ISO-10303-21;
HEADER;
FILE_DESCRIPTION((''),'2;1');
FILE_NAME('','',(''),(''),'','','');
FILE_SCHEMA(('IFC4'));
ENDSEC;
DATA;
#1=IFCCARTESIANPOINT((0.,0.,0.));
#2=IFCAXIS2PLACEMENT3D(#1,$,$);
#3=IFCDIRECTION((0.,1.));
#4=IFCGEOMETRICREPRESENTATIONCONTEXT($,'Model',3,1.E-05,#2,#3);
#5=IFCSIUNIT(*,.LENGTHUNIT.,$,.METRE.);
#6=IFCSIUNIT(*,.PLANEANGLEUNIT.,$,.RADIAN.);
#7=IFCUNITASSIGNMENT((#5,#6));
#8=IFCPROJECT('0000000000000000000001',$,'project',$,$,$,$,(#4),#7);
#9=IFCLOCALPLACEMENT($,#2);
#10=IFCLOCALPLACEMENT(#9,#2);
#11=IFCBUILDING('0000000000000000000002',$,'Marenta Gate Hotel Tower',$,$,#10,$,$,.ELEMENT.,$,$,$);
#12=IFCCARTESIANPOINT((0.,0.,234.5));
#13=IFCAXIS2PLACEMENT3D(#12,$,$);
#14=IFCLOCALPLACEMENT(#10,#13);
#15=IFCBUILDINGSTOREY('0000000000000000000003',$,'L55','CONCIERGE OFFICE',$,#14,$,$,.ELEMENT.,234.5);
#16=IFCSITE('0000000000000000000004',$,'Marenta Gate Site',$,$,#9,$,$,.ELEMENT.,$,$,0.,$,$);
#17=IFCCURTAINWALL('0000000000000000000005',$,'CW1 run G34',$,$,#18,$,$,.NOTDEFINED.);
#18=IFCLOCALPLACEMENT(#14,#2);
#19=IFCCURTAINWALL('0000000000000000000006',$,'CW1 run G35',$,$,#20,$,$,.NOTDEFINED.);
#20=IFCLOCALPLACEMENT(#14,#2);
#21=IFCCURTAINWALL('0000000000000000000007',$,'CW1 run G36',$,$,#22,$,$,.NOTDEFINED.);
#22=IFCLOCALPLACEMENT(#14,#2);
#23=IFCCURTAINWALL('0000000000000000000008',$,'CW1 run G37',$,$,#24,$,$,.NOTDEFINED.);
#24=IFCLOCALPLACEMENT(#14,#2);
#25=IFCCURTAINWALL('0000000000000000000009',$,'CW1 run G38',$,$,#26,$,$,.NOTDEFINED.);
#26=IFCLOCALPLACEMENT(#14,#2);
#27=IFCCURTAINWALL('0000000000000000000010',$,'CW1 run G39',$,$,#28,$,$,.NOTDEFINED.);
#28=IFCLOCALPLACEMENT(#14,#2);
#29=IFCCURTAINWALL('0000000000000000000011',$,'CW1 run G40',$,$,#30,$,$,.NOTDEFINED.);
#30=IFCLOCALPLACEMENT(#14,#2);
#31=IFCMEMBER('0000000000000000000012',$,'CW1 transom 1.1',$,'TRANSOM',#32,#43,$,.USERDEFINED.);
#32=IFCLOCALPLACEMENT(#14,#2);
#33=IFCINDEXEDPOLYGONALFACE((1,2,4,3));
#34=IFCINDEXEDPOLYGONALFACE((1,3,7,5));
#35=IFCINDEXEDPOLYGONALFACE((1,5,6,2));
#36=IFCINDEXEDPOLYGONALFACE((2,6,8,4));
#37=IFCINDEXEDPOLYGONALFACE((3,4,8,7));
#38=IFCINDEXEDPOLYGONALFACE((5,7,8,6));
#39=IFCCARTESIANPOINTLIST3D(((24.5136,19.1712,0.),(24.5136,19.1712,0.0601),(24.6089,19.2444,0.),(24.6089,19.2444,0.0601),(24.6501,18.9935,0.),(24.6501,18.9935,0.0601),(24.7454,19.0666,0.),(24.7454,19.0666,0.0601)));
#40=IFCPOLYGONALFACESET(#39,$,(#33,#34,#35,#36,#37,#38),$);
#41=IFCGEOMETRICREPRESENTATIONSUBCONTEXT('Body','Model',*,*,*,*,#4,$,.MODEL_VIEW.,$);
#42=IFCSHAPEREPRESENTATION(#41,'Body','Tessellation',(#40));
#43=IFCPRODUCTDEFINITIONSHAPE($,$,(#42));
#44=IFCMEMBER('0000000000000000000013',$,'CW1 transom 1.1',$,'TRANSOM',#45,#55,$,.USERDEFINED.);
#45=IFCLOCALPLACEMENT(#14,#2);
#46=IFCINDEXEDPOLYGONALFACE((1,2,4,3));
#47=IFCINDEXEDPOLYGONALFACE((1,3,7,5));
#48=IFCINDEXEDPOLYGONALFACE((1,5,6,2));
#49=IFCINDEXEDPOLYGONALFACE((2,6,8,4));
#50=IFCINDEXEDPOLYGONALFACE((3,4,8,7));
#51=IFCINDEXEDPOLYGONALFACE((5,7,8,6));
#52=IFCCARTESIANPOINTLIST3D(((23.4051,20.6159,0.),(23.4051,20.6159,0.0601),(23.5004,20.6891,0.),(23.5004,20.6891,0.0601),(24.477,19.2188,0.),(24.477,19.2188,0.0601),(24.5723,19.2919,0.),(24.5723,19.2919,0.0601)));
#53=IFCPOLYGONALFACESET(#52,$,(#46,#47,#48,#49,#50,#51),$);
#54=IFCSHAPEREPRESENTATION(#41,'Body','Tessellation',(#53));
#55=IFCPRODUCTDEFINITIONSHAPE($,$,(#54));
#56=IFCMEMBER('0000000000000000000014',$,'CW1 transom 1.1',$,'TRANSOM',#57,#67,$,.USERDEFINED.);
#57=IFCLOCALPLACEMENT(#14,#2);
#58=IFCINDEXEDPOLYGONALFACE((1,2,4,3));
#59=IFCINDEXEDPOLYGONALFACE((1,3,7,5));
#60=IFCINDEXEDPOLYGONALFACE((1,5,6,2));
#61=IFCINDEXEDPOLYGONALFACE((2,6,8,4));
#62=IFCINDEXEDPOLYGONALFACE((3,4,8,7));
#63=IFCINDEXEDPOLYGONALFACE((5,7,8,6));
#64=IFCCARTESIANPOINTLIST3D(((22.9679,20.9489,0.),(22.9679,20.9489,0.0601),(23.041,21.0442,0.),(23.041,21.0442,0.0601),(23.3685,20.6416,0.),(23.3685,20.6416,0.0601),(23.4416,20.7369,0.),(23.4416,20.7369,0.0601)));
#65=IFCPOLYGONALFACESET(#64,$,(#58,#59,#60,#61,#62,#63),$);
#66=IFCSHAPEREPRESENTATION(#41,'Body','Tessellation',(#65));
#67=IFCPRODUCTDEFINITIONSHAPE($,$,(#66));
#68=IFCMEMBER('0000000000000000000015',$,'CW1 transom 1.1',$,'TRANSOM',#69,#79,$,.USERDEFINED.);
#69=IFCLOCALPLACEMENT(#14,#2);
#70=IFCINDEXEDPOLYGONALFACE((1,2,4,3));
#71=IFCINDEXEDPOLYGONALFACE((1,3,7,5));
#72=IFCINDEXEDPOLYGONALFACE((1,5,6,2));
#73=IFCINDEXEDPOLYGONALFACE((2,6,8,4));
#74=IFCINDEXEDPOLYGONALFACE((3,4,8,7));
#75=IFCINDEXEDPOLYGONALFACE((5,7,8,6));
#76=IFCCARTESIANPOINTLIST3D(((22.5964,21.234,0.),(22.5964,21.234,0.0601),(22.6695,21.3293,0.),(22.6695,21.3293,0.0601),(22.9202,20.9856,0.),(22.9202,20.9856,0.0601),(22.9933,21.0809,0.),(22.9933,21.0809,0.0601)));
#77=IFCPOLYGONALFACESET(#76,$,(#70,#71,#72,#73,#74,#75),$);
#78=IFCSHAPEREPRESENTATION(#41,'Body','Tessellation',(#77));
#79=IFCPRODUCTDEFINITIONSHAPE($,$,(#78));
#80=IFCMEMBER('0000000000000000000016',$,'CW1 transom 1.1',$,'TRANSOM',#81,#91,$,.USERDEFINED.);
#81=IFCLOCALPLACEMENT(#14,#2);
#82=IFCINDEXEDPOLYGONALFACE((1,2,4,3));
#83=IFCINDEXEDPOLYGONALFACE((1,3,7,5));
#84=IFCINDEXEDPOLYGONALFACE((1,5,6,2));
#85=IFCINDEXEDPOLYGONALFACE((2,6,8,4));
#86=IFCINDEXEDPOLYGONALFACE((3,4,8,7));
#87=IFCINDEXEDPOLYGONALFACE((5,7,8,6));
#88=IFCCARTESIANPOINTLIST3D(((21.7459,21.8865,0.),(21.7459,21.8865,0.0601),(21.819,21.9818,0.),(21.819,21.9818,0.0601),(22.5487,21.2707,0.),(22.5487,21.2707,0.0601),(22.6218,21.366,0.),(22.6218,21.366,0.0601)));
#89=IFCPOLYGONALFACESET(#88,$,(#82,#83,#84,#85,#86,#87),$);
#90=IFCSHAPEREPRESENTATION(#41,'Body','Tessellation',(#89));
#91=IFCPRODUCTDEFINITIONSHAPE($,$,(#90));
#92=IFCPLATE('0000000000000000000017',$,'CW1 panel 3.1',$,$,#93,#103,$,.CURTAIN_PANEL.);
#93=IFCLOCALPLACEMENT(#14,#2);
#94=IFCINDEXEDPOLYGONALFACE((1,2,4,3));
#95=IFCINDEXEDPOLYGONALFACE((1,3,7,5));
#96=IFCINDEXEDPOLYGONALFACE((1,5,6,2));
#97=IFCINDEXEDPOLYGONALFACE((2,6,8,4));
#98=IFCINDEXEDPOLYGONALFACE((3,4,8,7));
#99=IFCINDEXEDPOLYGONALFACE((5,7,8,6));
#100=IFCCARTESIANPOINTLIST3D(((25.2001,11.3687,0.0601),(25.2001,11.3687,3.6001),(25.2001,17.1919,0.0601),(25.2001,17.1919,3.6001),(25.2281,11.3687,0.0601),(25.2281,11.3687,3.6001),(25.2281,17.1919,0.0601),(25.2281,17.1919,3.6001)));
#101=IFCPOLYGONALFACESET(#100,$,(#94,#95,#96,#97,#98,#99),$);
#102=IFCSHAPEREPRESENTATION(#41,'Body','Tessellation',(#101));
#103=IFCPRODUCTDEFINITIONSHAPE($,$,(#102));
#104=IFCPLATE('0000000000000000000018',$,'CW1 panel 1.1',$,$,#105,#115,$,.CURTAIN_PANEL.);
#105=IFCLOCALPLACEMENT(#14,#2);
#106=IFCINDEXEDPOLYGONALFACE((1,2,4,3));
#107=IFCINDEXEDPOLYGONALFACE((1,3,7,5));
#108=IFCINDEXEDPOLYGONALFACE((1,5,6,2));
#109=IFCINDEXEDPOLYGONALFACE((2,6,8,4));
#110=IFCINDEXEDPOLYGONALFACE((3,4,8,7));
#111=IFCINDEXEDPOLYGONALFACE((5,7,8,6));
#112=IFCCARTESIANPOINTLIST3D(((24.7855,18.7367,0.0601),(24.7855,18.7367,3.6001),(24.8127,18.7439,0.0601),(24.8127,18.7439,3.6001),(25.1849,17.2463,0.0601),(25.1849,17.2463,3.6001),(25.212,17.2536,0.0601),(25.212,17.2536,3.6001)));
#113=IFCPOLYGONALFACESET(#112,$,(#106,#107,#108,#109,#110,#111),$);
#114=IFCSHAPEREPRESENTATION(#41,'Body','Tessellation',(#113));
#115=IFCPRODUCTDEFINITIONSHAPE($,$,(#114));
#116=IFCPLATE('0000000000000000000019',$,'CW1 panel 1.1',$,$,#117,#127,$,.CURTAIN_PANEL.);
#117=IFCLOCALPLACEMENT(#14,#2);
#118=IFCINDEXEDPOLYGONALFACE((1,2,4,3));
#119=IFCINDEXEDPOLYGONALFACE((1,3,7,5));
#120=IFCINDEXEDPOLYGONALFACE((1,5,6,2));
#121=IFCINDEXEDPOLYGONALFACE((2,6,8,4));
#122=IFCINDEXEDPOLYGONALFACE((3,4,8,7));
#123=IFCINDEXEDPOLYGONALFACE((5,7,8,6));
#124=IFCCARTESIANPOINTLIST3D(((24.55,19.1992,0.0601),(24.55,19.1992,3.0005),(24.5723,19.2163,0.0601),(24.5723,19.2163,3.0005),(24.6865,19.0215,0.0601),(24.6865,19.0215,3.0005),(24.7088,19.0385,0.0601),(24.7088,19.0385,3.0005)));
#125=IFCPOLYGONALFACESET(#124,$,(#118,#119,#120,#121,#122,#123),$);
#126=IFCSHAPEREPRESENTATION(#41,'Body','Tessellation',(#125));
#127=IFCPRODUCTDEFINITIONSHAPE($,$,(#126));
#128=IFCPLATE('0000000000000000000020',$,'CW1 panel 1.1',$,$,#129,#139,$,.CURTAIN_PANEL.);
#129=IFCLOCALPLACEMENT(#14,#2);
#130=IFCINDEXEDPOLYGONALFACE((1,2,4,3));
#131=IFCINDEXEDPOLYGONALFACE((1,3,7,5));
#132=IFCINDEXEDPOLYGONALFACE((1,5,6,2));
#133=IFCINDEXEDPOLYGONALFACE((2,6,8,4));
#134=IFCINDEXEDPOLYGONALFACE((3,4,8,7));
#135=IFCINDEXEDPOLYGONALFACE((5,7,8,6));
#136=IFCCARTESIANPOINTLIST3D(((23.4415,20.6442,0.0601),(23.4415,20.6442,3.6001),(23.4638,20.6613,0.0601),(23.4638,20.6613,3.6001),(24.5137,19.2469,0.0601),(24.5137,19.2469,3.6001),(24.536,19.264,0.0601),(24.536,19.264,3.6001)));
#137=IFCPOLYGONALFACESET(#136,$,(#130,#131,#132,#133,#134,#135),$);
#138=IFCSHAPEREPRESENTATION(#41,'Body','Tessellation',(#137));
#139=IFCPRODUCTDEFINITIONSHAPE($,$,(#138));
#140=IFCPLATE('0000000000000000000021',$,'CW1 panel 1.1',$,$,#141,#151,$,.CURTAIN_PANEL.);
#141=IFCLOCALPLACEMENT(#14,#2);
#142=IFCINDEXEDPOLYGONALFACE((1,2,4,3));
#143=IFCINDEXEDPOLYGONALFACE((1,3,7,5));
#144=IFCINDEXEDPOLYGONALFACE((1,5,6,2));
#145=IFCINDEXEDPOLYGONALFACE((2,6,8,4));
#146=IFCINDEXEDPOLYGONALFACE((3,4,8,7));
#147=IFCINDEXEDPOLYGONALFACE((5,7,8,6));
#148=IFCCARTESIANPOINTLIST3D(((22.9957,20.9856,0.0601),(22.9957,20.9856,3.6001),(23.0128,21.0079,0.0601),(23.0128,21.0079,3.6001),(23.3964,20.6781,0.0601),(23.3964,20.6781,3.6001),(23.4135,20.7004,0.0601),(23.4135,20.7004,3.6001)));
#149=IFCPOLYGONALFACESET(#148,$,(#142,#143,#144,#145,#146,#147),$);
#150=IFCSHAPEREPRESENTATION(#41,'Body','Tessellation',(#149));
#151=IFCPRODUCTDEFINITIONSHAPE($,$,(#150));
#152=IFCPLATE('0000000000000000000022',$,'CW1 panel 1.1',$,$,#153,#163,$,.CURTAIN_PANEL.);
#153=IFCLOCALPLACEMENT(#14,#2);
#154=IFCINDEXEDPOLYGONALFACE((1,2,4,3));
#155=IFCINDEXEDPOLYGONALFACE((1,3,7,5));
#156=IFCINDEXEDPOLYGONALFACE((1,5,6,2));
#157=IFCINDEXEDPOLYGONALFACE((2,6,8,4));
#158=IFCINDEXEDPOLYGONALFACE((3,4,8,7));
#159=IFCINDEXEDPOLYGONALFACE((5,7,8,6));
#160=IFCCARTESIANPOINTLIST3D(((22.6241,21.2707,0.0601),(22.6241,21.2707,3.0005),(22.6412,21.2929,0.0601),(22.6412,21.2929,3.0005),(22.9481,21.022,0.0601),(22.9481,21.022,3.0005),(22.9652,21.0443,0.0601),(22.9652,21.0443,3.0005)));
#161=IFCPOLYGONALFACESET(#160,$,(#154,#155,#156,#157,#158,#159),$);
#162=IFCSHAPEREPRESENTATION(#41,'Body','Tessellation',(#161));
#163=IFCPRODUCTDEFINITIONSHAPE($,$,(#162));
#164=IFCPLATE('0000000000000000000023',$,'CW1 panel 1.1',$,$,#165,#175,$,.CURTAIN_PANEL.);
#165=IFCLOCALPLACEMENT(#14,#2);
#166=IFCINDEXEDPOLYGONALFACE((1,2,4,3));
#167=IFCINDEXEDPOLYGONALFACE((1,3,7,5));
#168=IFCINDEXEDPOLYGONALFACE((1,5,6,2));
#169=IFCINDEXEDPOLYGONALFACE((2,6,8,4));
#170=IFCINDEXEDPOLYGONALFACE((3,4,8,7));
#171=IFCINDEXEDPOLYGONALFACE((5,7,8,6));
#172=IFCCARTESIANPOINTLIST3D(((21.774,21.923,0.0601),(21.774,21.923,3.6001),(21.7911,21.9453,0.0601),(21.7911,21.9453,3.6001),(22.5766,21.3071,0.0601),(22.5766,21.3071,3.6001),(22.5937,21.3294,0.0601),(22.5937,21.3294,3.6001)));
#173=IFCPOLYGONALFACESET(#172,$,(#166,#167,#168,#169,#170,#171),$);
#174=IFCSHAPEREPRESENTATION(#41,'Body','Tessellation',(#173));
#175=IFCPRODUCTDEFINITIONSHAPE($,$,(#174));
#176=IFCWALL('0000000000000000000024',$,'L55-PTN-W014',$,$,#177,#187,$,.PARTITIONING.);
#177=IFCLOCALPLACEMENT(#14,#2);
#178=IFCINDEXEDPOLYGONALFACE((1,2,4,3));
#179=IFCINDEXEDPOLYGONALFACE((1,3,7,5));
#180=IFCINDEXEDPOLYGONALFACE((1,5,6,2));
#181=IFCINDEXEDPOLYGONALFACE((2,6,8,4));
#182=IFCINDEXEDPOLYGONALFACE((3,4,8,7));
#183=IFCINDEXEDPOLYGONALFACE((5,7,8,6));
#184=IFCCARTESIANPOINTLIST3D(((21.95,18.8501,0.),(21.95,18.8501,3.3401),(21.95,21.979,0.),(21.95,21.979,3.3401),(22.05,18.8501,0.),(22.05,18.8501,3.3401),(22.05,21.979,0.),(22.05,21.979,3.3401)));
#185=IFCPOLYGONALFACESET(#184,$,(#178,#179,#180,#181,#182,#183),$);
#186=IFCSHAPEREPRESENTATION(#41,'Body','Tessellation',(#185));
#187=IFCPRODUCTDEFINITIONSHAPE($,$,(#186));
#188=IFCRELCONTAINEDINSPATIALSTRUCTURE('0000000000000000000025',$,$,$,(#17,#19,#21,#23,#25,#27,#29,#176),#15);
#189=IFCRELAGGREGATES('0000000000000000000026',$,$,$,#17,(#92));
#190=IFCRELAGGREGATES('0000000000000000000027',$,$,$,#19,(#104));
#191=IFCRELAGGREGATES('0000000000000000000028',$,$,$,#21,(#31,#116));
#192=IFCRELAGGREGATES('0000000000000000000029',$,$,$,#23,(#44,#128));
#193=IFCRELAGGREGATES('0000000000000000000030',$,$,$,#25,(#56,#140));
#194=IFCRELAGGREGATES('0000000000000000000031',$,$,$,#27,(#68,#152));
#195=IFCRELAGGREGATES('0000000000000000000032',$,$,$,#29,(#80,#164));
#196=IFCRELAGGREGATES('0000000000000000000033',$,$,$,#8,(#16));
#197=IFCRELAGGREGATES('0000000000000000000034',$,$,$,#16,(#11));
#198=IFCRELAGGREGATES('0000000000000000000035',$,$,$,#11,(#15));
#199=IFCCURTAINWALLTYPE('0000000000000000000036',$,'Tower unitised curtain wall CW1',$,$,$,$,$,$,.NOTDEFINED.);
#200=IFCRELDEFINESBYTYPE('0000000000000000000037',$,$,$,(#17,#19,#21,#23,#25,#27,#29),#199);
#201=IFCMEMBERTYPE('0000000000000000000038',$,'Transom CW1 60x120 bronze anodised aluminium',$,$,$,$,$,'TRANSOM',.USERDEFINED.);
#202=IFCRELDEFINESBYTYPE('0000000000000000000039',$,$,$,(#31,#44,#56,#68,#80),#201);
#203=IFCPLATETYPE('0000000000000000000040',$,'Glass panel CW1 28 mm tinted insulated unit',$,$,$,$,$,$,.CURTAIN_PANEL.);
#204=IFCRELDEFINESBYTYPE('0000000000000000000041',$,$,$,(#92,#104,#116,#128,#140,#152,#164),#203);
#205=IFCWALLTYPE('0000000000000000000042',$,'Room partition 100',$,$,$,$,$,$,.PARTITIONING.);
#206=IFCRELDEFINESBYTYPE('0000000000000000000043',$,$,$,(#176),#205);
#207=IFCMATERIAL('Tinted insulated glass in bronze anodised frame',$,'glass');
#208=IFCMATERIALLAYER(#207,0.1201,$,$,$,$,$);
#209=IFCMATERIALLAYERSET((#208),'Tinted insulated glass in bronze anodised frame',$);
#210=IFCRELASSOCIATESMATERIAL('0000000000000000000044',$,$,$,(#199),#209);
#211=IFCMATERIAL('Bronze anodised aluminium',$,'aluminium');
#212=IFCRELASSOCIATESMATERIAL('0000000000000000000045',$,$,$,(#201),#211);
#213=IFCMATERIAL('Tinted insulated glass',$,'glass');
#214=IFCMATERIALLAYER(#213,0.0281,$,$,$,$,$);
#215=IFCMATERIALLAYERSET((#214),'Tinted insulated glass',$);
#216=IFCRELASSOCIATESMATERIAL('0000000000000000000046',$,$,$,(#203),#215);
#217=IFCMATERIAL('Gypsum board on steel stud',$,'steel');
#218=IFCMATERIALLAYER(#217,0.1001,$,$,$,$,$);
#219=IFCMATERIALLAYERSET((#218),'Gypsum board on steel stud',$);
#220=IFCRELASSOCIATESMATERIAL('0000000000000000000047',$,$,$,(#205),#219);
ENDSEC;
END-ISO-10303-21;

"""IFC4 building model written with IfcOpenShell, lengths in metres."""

from ifc_helpers import new_model, si_unit, direction, frame, frame_2d, origin, origin_2d, place, context, subcontext, project, spatial, rectangle, extrude, material, layer, layer_set, material_profile, profile_set, type_object, element, aggregate, save


model = new_model("IFC4")

# Units and contexts
model_context = context("Model", 3, precision=1e-05, world=origin(), true_north=direction((0.0, 1.0)))
body_context = subcontext(model_context, "Body", "Model", "MODEL_VIEW")
ifc_project = project(units=[si_unit("LENGTHUNIT", "METRE"), si_unit("PLANEANGLEUNIT", "RADIAN")], contexts=[model_context])

# Site, building, storey
site_placement = place(None, origin())
site = spatial("IfcSite", under=ifc_project, at=site_placement, Name="Marenta Gate Site", CompositionType="ELEMENT", RefElevation=0.0)
building_placement = place(site_placement, origin())
building = spatial("IfcBuilding", under=site, at=building_placement, Name="Marenta Gate Hotel Tower", CompositionType="ELEMENT")
storey_placement = place(building_placement, frame((0.0, 0.0, 234.5)))
storey = spatial("IfcBuildingStorey", under=building, at=storey_placement, Name="L55", Description="CONCIERGE OFFICE", CompositionType="ELEMENT", Elevation=234.5)

# Curtain wall
ifc_material_1 = material(Name="Tinted insulated glass in bronze anodised frame", Category="glass")
ifc_layer_1 = layer(ifc_material_1, 0.1201)
ifc_layer_set_1 = layer_set([ifc_layer_1], Name="Tinted insulated glass in bronze anodised frame")
curtain_wall_type = type_object("IfcCurtainWallType", Name="Tower unitised curtain wall CW1", PredefinedType="NOTDEFINED", material=ifc_layer_set_1)
curtain_wall_1_placement = place(storey_placement, origin())
curtain_wall_1 = element("IfcCurtainWall", 1, at=curtain_wall_1_placement, inside=storey, type_object=curtain_wall_type, Name="CW1 run G34", PredefinedType="NOTDEFINED")

# Curtain wall
curtain_wall_2_placement = place(storey_placement, origin())
curtain_wall_2 = element("IfcCurtainWall", 2, at=curtain_wall_2_placement, inside=storey, type_object=curtain_wall_type, Name="CW1 run G35", PredefinedType="NOTDEFINED")

# Curtain walls
curtain_wall_3_placement = place(storey_placement, origin())
curtain_wall_3 = element("IfcCurtainWall", 3, at=curtain_wall_3_placement, inside=storey, type_object=curtain_wall_type, Name="CW1 run G36", PredefinedType="NOTDEFINED")
curtain_wall_4_placement = place(storey_placement, origin())
curtain_wall_4 = element("IfcCurtainWall", 4, at=curtain_wall_4_placement, inside=storey, type_object=curtain_wall_type, Name="CW1 run G37", PredefinedType="NOTDEFINED")
curtain_wall_5_placement = place(storey_placement, origin())
curtain_wall_5 = element("IfcCurtainWall", 5, at=curtain_wall_5_placement, inside=storey, type_object=curtain_wall_type, Name="CW1 run G38", PredefinedType="NOTDEFINED")
curtain_wall_6_placement = place(storey_placement, origin())
curtain_wall_6 = element("IfcCurtainWall", 6, at=curtain_wall_6_placement, inside=storey, type_object=curtain_wall_type, Name="CW1 run G39", PredefinedType="NOTDEFINED")
curtain_wall_7_placement = place(storey_placement, origin())
curtain_wall_7 = element("IfcCurtainWall", 7, at=curtain_wall_7_placement, inside=storey, type_object=curtain_wall_type, Name="CW1 run G40", PredefinedType="NOTDEFINED")

# Members
ifc_material_2 = material(Name="Bronze anodised aluminium", Category="aluminium")
ifc_material_profile_1 = material_profile(ifc_material_2, rectangle(XDim=0.1201, YDim=0.0601, at=origin_2d()), Name="Transom CW1 60x120 bronze anodised aluminium")
ifc_profile_set_1 = profile_set([ifc_material_profile_1], Name="Bronze anodised aluminium")
member_type_1 = type_object("IfcMemberType", Name="Transom CW1 60x120 bronze anodised aluminium", ElementType="TRANSOM", PredefinedType="USERDEFINED", material=ifc_profile_set_1)
member_1_placement = place(storey_placement, frame((24.6978, 19.03, 0.03), z_axis=(-0.609026, 0.79315, 0.0), x_axis=(-0.79315, -0.609026, 0.0)))
member_1 = element("IfcMember", 8, at=member_1_placement, type_object=member_type_1, Name="CW1 transom 1.1", ObjectType="TRANSOM", PredefinedType="USERDEFINED", context=body_context, shape_type="SweptSolid", body=[
    extrude(rectangle(XDim=0.1201, YDim=0.0601, at=origin_2d()), origin(), (0.0, 0.0, 1.0), 0.2241),
])
member_2_placement = place(storey_placement, frame((24.5247, 19.2554, 0.03), z_axis=(-0.608725, 0.793381, 0.0), x_axis=(-0.793381, -0.608725, 0.0)))
member_2 = element("IfcMember", 9, at=member_2_placement, type_object=member_type_1, Name="CW1 transom 1.1", ObjectType="TRANSOM", PredefinedType="USERDEFINED", context=body_context, shape_type="SweptSolid", body=[
    extrude(rectangle(XDim=0.1201, YDim=0.0601, at=origin_2d()), origin(), (0.0, 0.0, 1.0), 1.761),
])
member_3_placement = place(storey_placement, frame((23.405, 20.6892, 0.03), z_axis=(-0.793396, 0.608706, 0.0), x_axis=(-0.608706, -0.793396, 0.0)))
member_3 = element("IfcMember", 10, at=member_3_placement, type_object=member_type_1, Name="CW1 transom 1.1", ObjectType="TRANSOM", PredefinedType="USERDEFINED", context=body_context, shape_type="SweptSolid", body=[
    extrude(rectangle(XDim=0.1201, YDim=0.0601, at=origin_2d()), origin(), (0.0, 0.0, 1.0), 0.5049),
])
member_4_placement = place(storey_placement, frame((22.9568, 21.0332, 0.03), z_axis=(-0.793423, 0.60867, 0.0), x_axis=(-0.60867, -0.793423, 0.0)))
member_4 = element("IfcMember", 11, at=member_4_placement, type_object=member_type_1, Name="CW1 transom 1.1", ObjectType="TRANSOM", PredefinedType="USERDEFINED", context=body_context, shape_type="SweptSolid", body=[
    extrude(rectangle(XDim=0.1201, YDim=0.0601, at=origin_2d()), origin(), (0.0, 0.0, 1.0), 0.4082),
])
member_5_placement = place(storey_placement, frame((22.5852, 21.3184, 0.03), z_axis=(-0.793467, 0.608614, 0.0), x_axis=(-0.608614, -0.793467, 0.0)))
member_5 = element("IfcMember", 12, at=member_5_placement, type_object=member_type_1, Name="CW1 transom 1.1", ObjectType="TRANSOM", PredefinedType="USERDEFINED", context=body_context, shape_type="SweptSolid", body=[
    extrude(rectangle(XDim=0.1201, YDim=0.0601, at=origin_2d()), origin(), (0.0, 0.0, 1.0), 1.0117),
])

# Plates
ifc_material_3 = material(Name="Tinted insulated glass", Category="glass")
ifc_layer_2 = layer(ifc_material_3, 0.0281)
ifc_layer_set_2 = layer_set([ifc_layer_2], Name="Tinted insulated glass")
plate_type = type_object("IfcPlateType", Name="Glass panel CW1 28 mm tinted insulated unit", PredefinedType="CURTAIN_PANEL", material=ifc_layer_set_2)
plate_1_placement = place(storey_placement, frame((25.2141, 14.2803, 0.0601), z_axis=(0.0, 0.0, 1.0), x_axis=(0.0, 1.0, 0.0)))
plate_1 = element("IfcPlate", 13, at=plate_1_placement, type_object=plate_type, Name="CW1 panel 3.1", PredefinedType="CURTAIN_PANEL", context=body_context, shape_type="SweptSolid", body=[
    extrude(rectangle(XDim=5.8232, YDim=0.0281, at=origin_2d()), origin(), (0.0, 0.0, 1.0), 3.54),
])
aggregate(curtain_wall_1, [plate_1])
plate_2_placement = place(storey_placement, frame((24.9988, 17.9951, 0.0601), z_axis=(0.0, 0.0, 1.0), x_axis=(-0.25883, 0.965923, 0.0)))
plate_2 = element("IfcPlate", 14, at=plate_2_placement, type_object=plate_type, Name="CW1 panel 1.1", PredefinedType="CURTAIN_PANEL", context=body_context, shape_type="SweptSolid", body=[
    extrude(rectangle(XDim=1.543, YDim=0.0281, at=origin_2d()), origin(), (0.0, 0.0, 1.0), 3.54),
])
aggregate(curtain_wall_2, [plate_2])
plate_3_placement = place(storey_placement, frame((24.6294, 19.1189, 0.0601), z_axis=(0.0, 0.0, 1.0), x_axis=(-0.608808, 0.793317, 0.0)))
plate_3 = element("IfcPlate", 15, at=plate_3_placement, type_object=plate_type, Name="CW1 panel 1.1", PredefinedType="CURTAIN_PANEL", context=body_context, shape_type="SweptSolid", body=[
    extrude(rectangle(XDim=0.2241, YDim=0.0281, at=origin_2d()), origin(), (0.0, 0.0, 1.0), 2.9404),
])
aggregate(curtain_wall_3, [member_1, plate_3])
plate_4_placement = place(storey_placement, frame((23.9888, 19.9541, 0.0601), z_axis=(0.0, 0.0, 1.0), x_axis=(-0.608784, 0.793336, 0.0)))
plate_4 = element("IfcPlate", 16, at=plate_4_placement, type_object=plate_type, Name="CW1 panel 1.1", PredefinedType="CURTAIN_PANEL", context=body_context, shape_type="SweptSolid", body=[
    extrude(rectangle(XDim=1.7612, YDim=0.0281, at=origin_2d()), origin(), (0.0, 0.0, 1.0), 3.54),
])
aggregate(curtain_wall_4, [member_2, plate_4])
plate_5_placement = place(storey_placement, frame((23.2046, 20.843, 0.0601), z_axis=(0.0, 0.0, 1.0), x_axis=(-0.793347, 0.60877, 0.0)))
plate_5 = element("IfcPlate", 17, at=plate_5_placement, type_object=plate_type, Name="CW1 panel 1.1", PredefinedType="CURTAIN_PANEL", context=body_context, shape_type="SweptSolid", body=[
    extrude(rectangle(XDim=0.5051, YDim=0.0281, at=origin_2d()), origin(), (0.0, 0.0, 1.0), 3.54),
])
aggregate(curtain_wall_5, [member_3, plate_5])
plate_6_placement = place(storey_placement, frame((22.7947, 21.1575, 0.0601), z_axis=(0.0, 0.0, 1.0), x_axis=(-0.79329, 0.608844, 0.0)))
plate_6 = element("IfcPlate", 18, at=plate_6_placement, type_object=plate_type, Name="CW1 panel 1.1", PredefinedType="CURTAIN_PANEL", context=body_context, shape_type="SweptSolid", body=[
    extrude(rectangle(XDim=0.4084, YDim=0.0281, at=origin_2d()), origin(), (0.0, 0.0, 1.0), 2.9404),
])
aggregate(curtain_wall_6, [member_4, plate_6])
plate_7_placement = place(storey_placement, frame((22.1838, 21.6262, 0.0601), z_axis=(0.0, 0.0, 1.0), x_axis=(-0.793345, 0.608772, 0.0)))
plate_7 = element("IfcPlate", 19, at=plate_7_placement, type_object=plate_type, Name="CW1 panel 1.1", PredefinedType="CURTAIN_PANEL", context=body_context, shape_type="SweptSolid", body=[
    extrude(rectangle(XDim=1.0117, YDim=0.0281, at=origin_2d()), origin(), (0.0, 0.0, 1.0), 3.54),
])
aggregate(curtain_wall_7, [member_5, plate_7])

# Wall
ifc_material_4 = material(Name="Gypsum board on steel stud", Category="steel")
ifc_layer_3 = layer(ifc_material_4, 0.1001)
ifc_layer_set_3 = layer_set([ifc_layer_3], Name="Gypsum board on steel stud")
wall_type = type_object("IfcWallType", Name="Room partition 100", PredefinedType="PARTITIONING", material=ifc_layer_set_3)
wall_placement = place(storey_placement, frame((22.0, 18.8501, 0.0), z_axis=(0.0, 0.0, 1.0), x_axis=(0.0, 1.0, 0.0)))
element("IfcWall", 20, at=wall_placement, inside=storey, type_object=wall_type, Name="L55-PTN-W014", PredefinedType="PARTITIONING", context=body_context, shape_type="SweptSolid", body=[
    extrude(rectangle(XDim=3.1289, YDim=0.1001, at=frame_2d((1.5645, 0.0))), origin(), (0.0, 0.0, 1.0), 3.3401),
])

save(model, "model.ifc")
